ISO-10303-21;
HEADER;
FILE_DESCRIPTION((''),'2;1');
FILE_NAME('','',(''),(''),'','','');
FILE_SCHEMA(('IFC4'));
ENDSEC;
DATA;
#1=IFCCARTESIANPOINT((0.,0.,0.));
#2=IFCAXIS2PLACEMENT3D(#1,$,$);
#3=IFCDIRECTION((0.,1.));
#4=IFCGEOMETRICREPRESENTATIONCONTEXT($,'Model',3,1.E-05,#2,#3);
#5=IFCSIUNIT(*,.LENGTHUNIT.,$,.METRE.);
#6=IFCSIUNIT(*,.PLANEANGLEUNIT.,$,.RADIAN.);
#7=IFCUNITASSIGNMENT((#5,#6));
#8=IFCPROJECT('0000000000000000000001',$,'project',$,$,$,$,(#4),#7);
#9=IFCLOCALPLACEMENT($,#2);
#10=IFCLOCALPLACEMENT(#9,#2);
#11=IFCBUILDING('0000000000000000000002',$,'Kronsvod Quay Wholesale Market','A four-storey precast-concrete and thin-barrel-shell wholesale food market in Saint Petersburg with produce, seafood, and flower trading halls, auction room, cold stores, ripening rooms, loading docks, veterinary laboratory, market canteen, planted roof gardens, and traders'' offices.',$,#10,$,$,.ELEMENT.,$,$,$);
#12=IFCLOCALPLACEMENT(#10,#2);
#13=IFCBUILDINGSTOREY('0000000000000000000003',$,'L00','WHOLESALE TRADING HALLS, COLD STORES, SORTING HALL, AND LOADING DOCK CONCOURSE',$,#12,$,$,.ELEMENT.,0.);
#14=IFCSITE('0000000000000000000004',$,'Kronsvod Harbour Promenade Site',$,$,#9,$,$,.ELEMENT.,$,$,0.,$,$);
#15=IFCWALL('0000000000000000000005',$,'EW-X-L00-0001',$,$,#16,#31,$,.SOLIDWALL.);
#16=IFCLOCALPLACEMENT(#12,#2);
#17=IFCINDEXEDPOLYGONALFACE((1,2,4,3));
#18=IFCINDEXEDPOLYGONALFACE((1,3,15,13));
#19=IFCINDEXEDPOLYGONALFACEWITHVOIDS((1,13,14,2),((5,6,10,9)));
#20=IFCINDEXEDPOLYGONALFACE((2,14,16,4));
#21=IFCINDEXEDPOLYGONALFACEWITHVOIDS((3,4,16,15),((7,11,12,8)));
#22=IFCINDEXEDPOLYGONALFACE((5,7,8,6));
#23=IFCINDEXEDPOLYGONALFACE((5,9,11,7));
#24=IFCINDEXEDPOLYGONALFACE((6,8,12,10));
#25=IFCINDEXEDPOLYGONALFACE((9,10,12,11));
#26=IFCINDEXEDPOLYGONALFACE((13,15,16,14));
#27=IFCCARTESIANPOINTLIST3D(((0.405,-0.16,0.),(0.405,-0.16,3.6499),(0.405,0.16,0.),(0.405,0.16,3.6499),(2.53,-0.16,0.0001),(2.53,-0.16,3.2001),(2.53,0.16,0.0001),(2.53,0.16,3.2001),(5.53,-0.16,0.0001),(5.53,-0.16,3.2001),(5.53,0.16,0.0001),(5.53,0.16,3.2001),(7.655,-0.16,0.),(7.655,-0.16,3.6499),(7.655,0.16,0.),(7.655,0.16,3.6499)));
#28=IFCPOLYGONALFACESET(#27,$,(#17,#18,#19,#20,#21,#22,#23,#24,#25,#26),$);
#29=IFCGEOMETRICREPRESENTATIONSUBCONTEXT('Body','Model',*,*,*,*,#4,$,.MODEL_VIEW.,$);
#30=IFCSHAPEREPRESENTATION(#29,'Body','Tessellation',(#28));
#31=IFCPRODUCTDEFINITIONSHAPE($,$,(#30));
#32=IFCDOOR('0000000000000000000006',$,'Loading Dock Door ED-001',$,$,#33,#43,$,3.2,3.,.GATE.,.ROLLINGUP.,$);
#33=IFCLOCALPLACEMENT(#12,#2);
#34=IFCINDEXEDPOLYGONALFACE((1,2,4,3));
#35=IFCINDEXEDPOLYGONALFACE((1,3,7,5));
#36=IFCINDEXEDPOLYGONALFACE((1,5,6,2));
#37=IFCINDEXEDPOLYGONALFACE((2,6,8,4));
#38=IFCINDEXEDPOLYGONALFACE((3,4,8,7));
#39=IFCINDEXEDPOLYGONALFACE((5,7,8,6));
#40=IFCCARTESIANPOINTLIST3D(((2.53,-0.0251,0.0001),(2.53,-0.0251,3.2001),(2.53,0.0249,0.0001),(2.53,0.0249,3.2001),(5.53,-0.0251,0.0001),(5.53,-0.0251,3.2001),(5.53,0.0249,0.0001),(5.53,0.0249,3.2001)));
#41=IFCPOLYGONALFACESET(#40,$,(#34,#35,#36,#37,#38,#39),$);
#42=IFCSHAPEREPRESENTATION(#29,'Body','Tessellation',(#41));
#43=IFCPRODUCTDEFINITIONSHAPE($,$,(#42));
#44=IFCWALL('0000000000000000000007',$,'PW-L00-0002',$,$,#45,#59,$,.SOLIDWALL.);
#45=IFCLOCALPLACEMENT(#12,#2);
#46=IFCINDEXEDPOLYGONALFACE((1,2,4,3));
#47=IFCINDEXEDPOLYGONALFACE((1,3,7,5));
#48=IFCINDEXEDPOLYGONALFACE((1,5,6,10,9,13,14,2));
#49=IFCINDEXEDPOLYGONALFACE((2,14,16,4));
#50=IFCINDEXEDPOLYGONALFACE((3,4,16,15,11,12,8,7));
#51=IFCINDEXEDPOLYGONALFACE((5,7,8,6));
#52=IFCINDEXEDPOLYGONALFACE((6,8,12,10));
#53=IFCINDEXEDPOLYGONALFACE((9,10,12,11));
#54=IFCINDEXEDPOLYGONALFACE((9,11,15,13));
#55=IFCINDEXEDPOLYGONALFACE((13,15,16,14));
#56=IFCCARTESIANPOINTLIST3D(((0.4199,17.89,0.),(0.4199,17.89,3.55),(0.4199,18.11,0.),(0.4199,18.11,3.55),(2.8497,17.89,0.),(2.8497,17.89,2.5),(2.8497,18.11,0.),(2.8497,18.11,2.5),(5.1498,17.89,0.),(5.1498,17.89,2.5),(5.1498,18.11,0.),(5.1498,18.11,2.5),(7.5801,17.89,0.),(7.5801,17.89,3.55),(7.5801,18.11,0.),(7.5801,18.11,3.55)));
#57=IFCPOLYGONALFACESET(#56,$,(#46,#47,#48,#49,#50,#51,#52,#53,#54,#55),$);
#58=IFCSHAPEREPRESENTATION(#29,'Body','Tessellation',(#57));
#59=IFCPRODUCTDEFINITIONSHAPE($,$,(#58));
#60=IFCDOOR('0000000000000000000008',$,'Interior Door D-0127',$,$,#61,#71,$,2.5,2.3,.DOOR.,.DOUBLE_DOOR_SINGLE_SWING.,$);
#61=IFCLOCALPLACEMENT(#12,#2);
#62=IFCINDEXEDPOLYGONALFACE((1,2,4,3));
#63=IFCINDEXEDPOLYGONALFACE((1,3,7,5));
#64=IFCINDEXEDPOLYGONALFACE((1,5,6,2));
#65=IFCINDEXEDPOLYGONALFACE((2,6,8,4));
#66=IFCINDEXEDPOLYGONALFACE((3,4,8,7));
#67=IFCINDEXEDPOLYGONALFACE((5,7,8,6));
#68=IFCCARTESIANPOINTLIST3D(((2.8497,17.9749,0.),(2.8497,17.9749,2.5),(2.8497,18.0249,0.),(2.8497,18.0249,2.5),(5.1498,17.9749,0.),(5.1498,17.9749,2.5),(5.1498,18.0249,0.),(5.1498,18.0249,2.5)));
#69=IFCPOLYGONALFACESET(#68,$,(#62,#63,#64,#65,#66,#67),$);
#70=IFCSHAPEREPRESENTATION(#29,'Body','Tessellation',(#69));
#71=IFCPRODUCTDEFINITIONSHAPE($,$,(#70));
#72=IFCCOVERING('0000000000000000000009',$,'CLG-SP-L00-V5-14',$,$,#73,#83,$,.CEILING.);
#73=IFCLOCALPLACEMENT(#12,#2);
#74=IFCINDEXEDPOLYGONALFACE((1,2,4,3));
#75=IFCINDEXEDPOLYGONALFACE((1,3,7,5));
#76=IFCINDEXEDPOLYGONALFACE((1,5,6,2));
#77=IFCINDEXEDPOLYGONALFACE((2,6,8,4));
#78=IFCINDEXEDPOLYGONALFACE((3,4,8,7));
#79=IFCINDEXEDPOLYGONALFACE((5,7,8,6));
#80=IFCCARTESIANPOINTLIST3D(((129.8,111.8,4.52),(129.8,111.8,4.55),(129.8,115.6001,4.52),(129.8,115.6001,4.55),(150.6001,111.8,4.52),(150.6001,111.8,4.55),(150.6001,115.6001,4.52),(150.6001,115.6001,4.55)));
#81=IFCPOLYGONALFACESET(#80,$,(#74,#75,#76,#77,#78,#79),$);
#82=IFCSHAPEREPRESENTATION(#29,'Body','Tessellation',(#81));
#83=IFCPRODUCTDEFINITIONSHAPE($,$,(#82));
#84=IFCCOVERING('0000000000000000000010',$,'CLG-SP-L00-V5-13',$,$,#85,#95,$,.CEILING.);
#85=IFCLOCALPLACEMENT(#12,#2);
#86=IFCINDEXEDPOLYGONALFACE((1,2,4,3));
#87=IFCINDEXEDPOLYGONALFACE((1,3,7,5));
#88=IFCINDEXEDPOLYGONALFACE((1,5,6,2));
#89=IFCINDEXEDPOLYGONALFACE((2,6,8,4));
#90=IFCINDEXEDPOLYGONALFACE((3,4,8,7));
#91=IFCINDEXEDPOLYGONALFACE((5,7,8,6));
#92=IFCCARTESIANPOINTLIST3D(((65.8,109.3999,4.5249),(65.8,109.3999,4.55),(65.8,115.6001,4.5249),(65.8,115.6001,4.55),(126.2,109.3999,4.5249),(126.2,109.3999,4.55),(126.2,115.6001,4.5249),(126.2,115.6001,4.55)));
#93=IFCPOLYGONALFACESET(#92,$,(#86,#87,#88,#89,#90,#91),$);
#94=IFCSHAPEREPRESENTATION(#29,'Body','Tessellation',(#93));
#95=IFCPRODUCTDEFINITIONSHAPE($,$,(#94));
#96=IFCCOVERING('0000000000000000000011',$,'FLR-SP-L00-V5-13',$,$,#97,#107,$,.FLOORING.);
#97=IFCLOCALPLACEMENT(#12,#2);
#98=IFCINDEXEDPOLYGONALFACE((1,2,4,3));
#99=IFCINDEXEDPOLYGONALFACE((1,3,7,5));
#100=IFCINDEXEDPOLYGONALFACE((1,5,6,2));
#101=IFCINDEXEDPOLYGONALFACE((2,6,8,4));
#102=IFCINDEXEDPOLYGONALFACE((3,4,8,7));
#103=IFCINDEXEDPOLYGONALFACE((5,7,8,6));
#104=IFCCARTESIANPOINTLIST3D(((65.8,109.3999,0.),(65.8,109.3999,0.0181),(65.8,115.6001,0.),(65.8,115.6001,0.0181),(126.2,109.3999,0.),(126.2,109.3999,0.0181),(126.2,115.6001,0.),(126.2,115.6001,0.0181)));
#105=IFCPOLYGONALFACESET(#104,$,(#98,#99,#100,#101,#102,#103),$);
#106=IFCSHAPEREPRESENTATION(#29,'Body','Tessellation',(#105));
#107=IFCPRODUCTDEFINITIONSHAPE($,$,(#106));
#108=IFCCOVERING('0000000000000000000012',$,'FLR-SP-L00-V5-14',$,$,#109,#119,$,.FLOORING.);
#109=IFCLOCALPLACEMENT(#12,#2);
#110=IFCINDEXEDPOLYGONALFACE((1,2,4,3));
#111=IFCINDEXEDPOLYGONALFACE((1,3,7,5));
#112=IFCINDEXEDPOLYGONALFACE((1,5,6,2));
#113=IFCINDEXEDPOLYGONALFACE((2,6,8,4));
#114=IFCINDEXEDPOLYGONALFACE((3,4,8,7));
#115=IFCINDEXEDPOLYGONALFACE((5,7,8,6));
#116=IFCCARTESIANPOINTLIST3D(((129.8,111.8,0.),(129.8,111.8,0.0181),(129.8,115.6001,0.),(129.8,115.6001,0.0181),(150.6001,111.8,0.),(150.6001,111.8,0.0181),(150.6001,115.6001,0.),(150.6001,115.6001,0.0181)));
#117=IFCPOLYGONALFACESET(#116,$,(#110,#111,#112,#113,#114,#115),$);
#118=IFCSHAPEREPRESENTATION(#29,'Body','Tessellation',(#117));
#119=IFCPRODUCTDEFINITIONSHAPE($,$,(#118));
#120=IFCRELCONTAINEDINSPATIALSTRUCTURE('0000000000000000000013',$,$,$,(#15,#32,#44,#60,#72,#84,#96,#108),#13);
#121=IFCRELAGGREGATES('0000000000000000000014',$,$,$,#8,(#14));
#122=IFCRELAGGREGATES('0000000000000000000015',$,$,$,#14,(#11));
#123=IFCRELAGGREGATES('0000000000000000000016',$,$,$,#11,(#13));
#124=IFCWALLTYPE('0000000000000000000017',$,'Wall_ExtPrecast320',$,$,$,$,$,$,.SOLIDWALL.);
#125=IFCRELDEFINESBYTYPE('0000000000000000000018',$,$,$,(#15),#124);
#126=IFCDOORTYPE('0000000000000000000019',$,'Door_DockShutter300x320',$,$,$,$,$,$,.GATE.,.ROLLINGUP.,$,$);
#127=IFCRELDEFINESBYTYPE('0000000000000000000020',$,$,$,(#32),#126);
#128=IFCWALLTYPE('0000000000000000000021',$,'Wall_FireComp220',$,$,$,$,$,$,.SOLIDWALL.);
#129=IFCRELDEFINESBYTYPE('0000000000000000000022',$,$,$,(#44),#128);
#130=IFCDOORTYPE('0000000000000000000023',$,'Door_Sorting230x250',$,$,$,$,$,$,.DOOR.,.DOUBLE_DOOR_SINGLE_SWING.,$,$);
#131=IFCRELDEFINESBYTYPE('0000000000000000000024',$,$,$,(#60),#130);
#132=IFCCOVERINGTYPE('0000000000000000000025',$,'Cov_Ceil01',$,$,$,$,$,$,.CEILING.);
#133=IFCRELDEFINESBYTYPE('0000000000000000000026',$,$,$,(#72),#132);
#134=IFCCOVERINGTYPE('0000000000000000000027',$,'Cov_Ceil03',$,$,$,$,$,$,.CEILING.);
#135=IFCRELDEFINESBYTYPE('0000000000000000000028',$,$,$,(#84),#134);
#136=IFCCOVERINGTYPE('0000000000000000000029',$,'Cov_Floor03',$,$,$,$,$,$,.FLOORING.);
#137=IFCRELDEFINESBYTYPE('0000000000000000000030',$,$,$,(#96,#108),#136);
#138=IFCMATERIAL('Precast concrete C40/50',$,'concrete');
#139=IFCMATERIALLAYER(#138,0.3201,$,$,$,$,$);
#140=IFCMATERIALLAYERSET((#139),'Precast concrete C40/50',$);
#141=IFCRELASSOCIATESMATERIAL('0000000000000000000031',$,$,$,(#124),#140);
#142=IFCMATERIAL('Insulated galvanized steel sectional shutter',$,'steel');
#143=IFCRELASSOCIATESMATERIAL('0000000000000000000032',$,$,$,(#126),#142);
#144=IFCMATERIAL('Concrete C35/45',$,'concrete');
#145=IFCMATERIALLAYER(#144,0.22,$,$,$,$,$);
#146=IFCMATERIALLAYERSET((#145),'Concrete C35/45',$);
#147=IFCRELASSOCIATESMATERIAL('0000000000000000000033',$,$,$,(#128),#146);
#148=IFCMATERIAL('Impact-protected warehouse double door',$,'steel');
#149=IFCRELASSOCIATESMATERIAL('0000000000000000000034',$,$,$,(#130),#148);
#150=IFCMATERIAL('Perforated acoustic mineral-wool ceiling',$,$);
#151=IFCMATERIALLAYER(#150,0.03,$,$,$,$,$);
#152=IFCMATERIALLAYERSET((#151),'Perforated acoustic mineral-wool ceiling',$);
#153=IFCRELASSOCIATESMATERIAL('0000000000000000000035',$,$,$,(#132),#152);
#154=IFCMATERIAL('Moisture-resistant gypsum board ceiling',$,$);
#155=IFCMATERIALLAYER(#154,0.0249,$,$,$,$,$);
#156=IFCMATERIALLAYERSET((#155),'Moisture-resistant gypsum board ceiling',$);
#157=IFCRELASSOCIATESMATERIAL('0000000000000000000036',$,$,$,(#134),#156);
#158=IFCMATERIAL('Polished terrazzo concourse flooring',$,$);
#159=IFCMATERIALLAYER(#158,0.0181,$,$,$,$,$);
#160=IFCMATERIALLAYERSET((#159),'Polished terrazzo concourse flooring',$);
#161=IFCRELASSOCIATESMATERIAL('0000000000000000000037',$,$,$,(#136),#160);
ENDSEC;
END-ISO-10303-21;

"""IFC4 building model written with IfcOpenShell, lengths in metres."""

from ifc_helpers import new_model, si_unit, direction, frame, frame_2d, origin, place, context, subcontext, project, spatial, polyline, rectangle, outline, extrude, material, layer, layer_set, type_object, element, fill, save


model = new_model("IFC4")

# Units and contexts
model_context = context("Model", 3, precision=1e-05, world=origin(), true_north=direction((0.0, 1.0)))
body_context = subcontext(model_context, "Body", "Model", "MODEL_VIEW")
ifc_project = project(units=[si_unit("LENGTHUNIT", "METRE"), si_unit("PLANEANGLEUNIT", "RADIAN")], contexts=[model_context])

# Site, building, storey
site_placement = place(None, origin())
site = spatial("IfcSite", under=ifc_project, at=site_placement, Name="Kronsvod Harbour Promenade Site", CompositionType="ELEMENT", RefElevation=0.0)
building_placement = place(site_placement, origin())
building = spatial("IfcBuilding", under=site, at=building_placement, Name="Kronsvod Quay Wholesale Market", Description="A four-storey precast-concrete and thin-barrel-shell wholesale food market in Saint Petersburg with produce, seafood, and flower trading halls, auction room, cold stores, ripening rooms, loading docks, veterinary laboratory, market canteen, planted roof gardens, and traders' offices.", CompositionType="ELEMENT")
storey_placement = place(building_placement, origin())
storey = spatial("IfcBuildingStorey", under=building, at=storey_placement, Name="L00", Description="WHOLESALE TRADING HALLS, COLD STORES, SORTING HALL, AND LOADING DOCK CONCOURSE", CompositionType="ELEMENT", Elevation=0.0)

# Walls, openings, doors
ifc_material_1 = material(Name="Precast concrete C40/50", Category="concrete")
ifc_layer_1 = layer(ifc_material_1, 0.3201)
ifc_layer_set_1 = layer_set([ifc_layer_1], Name="Precast concrete C40/50")
wall_type_1 = type_object("IfcWallType", Name="Wall_ExtPrecast320", PredefinedType="SOLIDWALL", material=ifc_layer_set_1)
wall_1_placement = place(storey_placement, frame((0.405, 0.0, 0.0), z_axis=(0.0, 0.0, 1.0), x_axis=(1.0, 0.0, 0.0)))
wall_1 = element("IfcWall", 1, at=wall_1_placement, inside=storey, type_object=wall_type_1, Name="EW-X-L00-0001", PredefinedType="SOLIDWALL", context=body_context, shape_type="SweptSolid", body=[
    extrude(rectangle(XDim=7.25, YDim=0.3201, at=frame_2d((3.625, 0.0))), origin(), (0.0, 0.0, 1.0), 3.6499),
])
opening_1_placement = place(wall_1_placement, frame((2.125, 0.0, 0.0)))
opening_1 = element("IfcOpeningElement", 2, at=opening_1_placement, cuts=wall_1, PredefinedType="OPENING", context=body_context, shape_type="SweptSolid", body=[
    extrude(rectangle(XDim=3.0, YDim=3.2, at=frame_2d((1.5, 1.6001))), frame((0.0, 0.1699, 0.0), z_axis=(0.0, -1.0, 0.0), x_axis=(1.0, 0.0, 0.0)), (0.0, 0.0, 1.0), 0.3401),
])
ifc_material_2 = material(Name="Insulated galvanized steel sectional shutter", Category="steel")
door_type_1 = type_object("IfcDoorType", Name="Door_DockShutter300x320", OperationType="ROLLINGUP", PredefinedType="GATE", material=ifc_material_2)
door_1_placement = place(opening_1_placement, origin())
door_1 = element("IfcDoor", 3, at=door_1_placement, inside=storey, type_object=door_type_1, Name="Loading Dock Door ED-001", OperationType="ROLLINGUP", OverallHeight=3.2, OverallWidth=3.0, PredefinedType="GATE", context=body_context, shape_type="SweptSolid", body=[
    extrude(rectangle(XDim=3.0, YDim=3.2, at=frame_2d((1.5, 1.6001))), frame((0.0, 0.0249, 0.0), z_axis=(0.0, -1.0, 0.0), x_axis=(1.0, 0.0, 0.0)), (0.0, 0.0, 1.0), 0.05),
])
fill(opening_1, door_1)
ifc_material_3 = material(Name="Concrete C35/45", Category="concrete")
ifc_layer_2 = layer(ifc_material_3, 0.22)
ifc_layer_set_2 = layer_set([ifc_layer_2], Name="Concrete C35/45")
wall_type_2 = type_object("IfcWallType", Name="Wall_FireComp220", PredefinedType="SOLIDWALL", material=ifc_layer_set_2)
wall_2_placement = place(storey_placement, frame((0.4199, 18.0, 0.0), z_axis=(0.0, 0.0, 1.0), x_axis=(1.0, 0.0, 0.0)))
wall_2 = element("IfcWall", 4, at=wall_2_placement, inside=storey, type_object=wall_type_2, Name="PW-L00-0002", PredefinedType="SOLIDWALL", context=body_context, shape_type="SweptSolid", body=[
    extrude(rectangle(XDim=7.1602, YDim=0.22, at=frame_2d((3.5801, 0.0))), origin(), (0.0, 0.0, 1.0), 3.55),
])
opening_2_placement = place(wall_2_placement, frame((2.4299, 0.0, 0.0)))
opening_2 = element("IfcOpeningElement", 5, at=opening_2_placement, cuts=wall_2, PredefinedType="OPENING", context=body_context, shape_type="SweptSolid", body=[
    extrude(rectangle(XDim=2.3, YDim=2.5, at=frame_2d((1.1499, 1.25))), frame((0.0, 0.1201, 0.0), z_axis=(0.0, -1.0, 0.0), x_axis=(1.0, 0.0, 0.0)), (0.0, 0.0, 1.0), 0.24),
])
ifc_material_4 = material(Name="Impact-protected warehouse double door", Category="steel")
door_type_2 = type_object("IfcDoorType", Name="Door_Sorting230x250", OperationType="DOUBLE_DOOR_SINGLE_SWING", PredefinedType="DOOR", material=ifc_material_4)
door_2_placement = place(opening_2_placement, origin())
door_2 = element("IfcDoor", 6, at=door_2_placement, inside=storey, type_object=door_type_2, Name="Interior Door D-0127", OperationType="DOUBLE_DOOR_SINGLE_SWING", OverallHeight=2.5, OverallWidth=2.3, PredefinedType="DOOR", context=body_context, shape_type="SweptSolid", body=[
    extrude(rectangle(XDim=2.3, YDim=2.5, at=frame_2d((1.1499, 1.25))), frame((0.0, 0.0249, 0.0), z_axis=(0.0, -1.0, 0.0), x_axis=(1.0, 0.0, 0.0)), (0.0, 0.0, 1.0), 0.05),
])
fill(opening_2, door_2)

# Coverings
ifc_material_5 = material(Name="Perforated acoustic mineral-wool ceiling")
ifc_layer_3 = layer(ifc_material_5, 0.03)
ifc_layer_set_3 = layer_set([ifc_layer_3], Name="Perforated acoustic mineral-wool ceiling")
covering_type_1 = type_object("IfcCoveringType", Name="Cov_Ceil01", PredefinedType="CEILING", material=ifc_layer_set_3)
covering_1_placement = place(storey_placement, frame((0.0, 0.0, 4.52)))
element("IfcCovering", 7, at=covering_1_placement, inside=storey, type_object=covering_type_1, Name="CLG-SP-L00-V5-14", PredefinedType="CEILING", context=body_context, shape_type="SweptSolid", body=[
    extrude(outline(polyline([(129.8, 111.8), (150.6001, 111.8), (150.6001, 115.6001), (129.8, 115.6001), (129.8, 111.8)])), origin(), (0.0, 0.0, 1.0), 0.03),
])
ifc_material_6 = material(Name="Moisture-resistant gypsum board ceiling")
ifc_layer_4 = layer(ifc_material_6, 0.0249)
ifc_layer_set_4 = layer_set([ifc_layer_4], Name="Moisture-resistant gypsum board ceiling")
covering_type_2 = type_object("IfcCoveringType", Name="Cov_Ceil03", PredefinedType="CEILING", material=ifc_layer_set_4)
covering_2_placement = place(storey_placement, frame((0.0, 0.0, 4.5249)))
element("IfcCovering", 8, at=covering_2_placement, inside=storey, type_object=covering_type_2, Name="CLG-SP-L00-V5-13", PredefinedType="CEILING", context=body_context, shape_type="SweptSolid", body=[
    extrude(outline(polyline([(65.8, 109.3999), (126.2, 109.3999), (126.2, 115.6001), (65.8, 115.6001), (65.8, 109.3999)])), origin(), (0.0, 0.0, 1.0), 0.0251),
])
ifc_material_7 = material(Name="Polished terrazzo concourse flooring")
ifc_layer_5 = layer(ifc_material_7, 0.0181)
ifc_layer_set_5 = layer_set([ifc_layer_5], Name="Polished terrazzo concourse flooring")
covering_type_3 = type_object("IfcCoveringType", Name="Cov_Floor03", PredefinedType="FLOORING", material=ifc_layer_set_5)
covering_3_placement = place(storey_placement, origin())
element("IfcCovering", 9, at=covering_3_placement, inside=storey, type_object=covering_type_3, Name="FLR-SP-L00-V5-13", PredefinedType="FLOORING", context=body_context, shape_type="SweptSolid", body=[
    extrude(outline(polyline([(65.8, 109.3999), (126.2, 109.3999), (126.2, 115.6001), (65.8, 115.6001), (65.8, 109.3999)])), origin(), (0.0, 0.0, 1.0), 0.0181),
])
covering_4_placement = place(storey_placement, origin())
element("IfcCovering", 10, at=covering_4_placement, inside=storey, type_object=covering_type_3, Name="FLR-SP-L00-V5-14", PredefinedType="FLOORING", context=body_context, shape_type="SweptSolid", body=[
    extrude(outline(polyline([(129.8, 111.8), (150.6001, 111.8), (150.6001, 115.6001), (129.8, 115.6001), (129.8, 111.8)])), origin(), (0.0, 0.0, 1.0), 0.0181),
])

save(model, "model.ifc")
